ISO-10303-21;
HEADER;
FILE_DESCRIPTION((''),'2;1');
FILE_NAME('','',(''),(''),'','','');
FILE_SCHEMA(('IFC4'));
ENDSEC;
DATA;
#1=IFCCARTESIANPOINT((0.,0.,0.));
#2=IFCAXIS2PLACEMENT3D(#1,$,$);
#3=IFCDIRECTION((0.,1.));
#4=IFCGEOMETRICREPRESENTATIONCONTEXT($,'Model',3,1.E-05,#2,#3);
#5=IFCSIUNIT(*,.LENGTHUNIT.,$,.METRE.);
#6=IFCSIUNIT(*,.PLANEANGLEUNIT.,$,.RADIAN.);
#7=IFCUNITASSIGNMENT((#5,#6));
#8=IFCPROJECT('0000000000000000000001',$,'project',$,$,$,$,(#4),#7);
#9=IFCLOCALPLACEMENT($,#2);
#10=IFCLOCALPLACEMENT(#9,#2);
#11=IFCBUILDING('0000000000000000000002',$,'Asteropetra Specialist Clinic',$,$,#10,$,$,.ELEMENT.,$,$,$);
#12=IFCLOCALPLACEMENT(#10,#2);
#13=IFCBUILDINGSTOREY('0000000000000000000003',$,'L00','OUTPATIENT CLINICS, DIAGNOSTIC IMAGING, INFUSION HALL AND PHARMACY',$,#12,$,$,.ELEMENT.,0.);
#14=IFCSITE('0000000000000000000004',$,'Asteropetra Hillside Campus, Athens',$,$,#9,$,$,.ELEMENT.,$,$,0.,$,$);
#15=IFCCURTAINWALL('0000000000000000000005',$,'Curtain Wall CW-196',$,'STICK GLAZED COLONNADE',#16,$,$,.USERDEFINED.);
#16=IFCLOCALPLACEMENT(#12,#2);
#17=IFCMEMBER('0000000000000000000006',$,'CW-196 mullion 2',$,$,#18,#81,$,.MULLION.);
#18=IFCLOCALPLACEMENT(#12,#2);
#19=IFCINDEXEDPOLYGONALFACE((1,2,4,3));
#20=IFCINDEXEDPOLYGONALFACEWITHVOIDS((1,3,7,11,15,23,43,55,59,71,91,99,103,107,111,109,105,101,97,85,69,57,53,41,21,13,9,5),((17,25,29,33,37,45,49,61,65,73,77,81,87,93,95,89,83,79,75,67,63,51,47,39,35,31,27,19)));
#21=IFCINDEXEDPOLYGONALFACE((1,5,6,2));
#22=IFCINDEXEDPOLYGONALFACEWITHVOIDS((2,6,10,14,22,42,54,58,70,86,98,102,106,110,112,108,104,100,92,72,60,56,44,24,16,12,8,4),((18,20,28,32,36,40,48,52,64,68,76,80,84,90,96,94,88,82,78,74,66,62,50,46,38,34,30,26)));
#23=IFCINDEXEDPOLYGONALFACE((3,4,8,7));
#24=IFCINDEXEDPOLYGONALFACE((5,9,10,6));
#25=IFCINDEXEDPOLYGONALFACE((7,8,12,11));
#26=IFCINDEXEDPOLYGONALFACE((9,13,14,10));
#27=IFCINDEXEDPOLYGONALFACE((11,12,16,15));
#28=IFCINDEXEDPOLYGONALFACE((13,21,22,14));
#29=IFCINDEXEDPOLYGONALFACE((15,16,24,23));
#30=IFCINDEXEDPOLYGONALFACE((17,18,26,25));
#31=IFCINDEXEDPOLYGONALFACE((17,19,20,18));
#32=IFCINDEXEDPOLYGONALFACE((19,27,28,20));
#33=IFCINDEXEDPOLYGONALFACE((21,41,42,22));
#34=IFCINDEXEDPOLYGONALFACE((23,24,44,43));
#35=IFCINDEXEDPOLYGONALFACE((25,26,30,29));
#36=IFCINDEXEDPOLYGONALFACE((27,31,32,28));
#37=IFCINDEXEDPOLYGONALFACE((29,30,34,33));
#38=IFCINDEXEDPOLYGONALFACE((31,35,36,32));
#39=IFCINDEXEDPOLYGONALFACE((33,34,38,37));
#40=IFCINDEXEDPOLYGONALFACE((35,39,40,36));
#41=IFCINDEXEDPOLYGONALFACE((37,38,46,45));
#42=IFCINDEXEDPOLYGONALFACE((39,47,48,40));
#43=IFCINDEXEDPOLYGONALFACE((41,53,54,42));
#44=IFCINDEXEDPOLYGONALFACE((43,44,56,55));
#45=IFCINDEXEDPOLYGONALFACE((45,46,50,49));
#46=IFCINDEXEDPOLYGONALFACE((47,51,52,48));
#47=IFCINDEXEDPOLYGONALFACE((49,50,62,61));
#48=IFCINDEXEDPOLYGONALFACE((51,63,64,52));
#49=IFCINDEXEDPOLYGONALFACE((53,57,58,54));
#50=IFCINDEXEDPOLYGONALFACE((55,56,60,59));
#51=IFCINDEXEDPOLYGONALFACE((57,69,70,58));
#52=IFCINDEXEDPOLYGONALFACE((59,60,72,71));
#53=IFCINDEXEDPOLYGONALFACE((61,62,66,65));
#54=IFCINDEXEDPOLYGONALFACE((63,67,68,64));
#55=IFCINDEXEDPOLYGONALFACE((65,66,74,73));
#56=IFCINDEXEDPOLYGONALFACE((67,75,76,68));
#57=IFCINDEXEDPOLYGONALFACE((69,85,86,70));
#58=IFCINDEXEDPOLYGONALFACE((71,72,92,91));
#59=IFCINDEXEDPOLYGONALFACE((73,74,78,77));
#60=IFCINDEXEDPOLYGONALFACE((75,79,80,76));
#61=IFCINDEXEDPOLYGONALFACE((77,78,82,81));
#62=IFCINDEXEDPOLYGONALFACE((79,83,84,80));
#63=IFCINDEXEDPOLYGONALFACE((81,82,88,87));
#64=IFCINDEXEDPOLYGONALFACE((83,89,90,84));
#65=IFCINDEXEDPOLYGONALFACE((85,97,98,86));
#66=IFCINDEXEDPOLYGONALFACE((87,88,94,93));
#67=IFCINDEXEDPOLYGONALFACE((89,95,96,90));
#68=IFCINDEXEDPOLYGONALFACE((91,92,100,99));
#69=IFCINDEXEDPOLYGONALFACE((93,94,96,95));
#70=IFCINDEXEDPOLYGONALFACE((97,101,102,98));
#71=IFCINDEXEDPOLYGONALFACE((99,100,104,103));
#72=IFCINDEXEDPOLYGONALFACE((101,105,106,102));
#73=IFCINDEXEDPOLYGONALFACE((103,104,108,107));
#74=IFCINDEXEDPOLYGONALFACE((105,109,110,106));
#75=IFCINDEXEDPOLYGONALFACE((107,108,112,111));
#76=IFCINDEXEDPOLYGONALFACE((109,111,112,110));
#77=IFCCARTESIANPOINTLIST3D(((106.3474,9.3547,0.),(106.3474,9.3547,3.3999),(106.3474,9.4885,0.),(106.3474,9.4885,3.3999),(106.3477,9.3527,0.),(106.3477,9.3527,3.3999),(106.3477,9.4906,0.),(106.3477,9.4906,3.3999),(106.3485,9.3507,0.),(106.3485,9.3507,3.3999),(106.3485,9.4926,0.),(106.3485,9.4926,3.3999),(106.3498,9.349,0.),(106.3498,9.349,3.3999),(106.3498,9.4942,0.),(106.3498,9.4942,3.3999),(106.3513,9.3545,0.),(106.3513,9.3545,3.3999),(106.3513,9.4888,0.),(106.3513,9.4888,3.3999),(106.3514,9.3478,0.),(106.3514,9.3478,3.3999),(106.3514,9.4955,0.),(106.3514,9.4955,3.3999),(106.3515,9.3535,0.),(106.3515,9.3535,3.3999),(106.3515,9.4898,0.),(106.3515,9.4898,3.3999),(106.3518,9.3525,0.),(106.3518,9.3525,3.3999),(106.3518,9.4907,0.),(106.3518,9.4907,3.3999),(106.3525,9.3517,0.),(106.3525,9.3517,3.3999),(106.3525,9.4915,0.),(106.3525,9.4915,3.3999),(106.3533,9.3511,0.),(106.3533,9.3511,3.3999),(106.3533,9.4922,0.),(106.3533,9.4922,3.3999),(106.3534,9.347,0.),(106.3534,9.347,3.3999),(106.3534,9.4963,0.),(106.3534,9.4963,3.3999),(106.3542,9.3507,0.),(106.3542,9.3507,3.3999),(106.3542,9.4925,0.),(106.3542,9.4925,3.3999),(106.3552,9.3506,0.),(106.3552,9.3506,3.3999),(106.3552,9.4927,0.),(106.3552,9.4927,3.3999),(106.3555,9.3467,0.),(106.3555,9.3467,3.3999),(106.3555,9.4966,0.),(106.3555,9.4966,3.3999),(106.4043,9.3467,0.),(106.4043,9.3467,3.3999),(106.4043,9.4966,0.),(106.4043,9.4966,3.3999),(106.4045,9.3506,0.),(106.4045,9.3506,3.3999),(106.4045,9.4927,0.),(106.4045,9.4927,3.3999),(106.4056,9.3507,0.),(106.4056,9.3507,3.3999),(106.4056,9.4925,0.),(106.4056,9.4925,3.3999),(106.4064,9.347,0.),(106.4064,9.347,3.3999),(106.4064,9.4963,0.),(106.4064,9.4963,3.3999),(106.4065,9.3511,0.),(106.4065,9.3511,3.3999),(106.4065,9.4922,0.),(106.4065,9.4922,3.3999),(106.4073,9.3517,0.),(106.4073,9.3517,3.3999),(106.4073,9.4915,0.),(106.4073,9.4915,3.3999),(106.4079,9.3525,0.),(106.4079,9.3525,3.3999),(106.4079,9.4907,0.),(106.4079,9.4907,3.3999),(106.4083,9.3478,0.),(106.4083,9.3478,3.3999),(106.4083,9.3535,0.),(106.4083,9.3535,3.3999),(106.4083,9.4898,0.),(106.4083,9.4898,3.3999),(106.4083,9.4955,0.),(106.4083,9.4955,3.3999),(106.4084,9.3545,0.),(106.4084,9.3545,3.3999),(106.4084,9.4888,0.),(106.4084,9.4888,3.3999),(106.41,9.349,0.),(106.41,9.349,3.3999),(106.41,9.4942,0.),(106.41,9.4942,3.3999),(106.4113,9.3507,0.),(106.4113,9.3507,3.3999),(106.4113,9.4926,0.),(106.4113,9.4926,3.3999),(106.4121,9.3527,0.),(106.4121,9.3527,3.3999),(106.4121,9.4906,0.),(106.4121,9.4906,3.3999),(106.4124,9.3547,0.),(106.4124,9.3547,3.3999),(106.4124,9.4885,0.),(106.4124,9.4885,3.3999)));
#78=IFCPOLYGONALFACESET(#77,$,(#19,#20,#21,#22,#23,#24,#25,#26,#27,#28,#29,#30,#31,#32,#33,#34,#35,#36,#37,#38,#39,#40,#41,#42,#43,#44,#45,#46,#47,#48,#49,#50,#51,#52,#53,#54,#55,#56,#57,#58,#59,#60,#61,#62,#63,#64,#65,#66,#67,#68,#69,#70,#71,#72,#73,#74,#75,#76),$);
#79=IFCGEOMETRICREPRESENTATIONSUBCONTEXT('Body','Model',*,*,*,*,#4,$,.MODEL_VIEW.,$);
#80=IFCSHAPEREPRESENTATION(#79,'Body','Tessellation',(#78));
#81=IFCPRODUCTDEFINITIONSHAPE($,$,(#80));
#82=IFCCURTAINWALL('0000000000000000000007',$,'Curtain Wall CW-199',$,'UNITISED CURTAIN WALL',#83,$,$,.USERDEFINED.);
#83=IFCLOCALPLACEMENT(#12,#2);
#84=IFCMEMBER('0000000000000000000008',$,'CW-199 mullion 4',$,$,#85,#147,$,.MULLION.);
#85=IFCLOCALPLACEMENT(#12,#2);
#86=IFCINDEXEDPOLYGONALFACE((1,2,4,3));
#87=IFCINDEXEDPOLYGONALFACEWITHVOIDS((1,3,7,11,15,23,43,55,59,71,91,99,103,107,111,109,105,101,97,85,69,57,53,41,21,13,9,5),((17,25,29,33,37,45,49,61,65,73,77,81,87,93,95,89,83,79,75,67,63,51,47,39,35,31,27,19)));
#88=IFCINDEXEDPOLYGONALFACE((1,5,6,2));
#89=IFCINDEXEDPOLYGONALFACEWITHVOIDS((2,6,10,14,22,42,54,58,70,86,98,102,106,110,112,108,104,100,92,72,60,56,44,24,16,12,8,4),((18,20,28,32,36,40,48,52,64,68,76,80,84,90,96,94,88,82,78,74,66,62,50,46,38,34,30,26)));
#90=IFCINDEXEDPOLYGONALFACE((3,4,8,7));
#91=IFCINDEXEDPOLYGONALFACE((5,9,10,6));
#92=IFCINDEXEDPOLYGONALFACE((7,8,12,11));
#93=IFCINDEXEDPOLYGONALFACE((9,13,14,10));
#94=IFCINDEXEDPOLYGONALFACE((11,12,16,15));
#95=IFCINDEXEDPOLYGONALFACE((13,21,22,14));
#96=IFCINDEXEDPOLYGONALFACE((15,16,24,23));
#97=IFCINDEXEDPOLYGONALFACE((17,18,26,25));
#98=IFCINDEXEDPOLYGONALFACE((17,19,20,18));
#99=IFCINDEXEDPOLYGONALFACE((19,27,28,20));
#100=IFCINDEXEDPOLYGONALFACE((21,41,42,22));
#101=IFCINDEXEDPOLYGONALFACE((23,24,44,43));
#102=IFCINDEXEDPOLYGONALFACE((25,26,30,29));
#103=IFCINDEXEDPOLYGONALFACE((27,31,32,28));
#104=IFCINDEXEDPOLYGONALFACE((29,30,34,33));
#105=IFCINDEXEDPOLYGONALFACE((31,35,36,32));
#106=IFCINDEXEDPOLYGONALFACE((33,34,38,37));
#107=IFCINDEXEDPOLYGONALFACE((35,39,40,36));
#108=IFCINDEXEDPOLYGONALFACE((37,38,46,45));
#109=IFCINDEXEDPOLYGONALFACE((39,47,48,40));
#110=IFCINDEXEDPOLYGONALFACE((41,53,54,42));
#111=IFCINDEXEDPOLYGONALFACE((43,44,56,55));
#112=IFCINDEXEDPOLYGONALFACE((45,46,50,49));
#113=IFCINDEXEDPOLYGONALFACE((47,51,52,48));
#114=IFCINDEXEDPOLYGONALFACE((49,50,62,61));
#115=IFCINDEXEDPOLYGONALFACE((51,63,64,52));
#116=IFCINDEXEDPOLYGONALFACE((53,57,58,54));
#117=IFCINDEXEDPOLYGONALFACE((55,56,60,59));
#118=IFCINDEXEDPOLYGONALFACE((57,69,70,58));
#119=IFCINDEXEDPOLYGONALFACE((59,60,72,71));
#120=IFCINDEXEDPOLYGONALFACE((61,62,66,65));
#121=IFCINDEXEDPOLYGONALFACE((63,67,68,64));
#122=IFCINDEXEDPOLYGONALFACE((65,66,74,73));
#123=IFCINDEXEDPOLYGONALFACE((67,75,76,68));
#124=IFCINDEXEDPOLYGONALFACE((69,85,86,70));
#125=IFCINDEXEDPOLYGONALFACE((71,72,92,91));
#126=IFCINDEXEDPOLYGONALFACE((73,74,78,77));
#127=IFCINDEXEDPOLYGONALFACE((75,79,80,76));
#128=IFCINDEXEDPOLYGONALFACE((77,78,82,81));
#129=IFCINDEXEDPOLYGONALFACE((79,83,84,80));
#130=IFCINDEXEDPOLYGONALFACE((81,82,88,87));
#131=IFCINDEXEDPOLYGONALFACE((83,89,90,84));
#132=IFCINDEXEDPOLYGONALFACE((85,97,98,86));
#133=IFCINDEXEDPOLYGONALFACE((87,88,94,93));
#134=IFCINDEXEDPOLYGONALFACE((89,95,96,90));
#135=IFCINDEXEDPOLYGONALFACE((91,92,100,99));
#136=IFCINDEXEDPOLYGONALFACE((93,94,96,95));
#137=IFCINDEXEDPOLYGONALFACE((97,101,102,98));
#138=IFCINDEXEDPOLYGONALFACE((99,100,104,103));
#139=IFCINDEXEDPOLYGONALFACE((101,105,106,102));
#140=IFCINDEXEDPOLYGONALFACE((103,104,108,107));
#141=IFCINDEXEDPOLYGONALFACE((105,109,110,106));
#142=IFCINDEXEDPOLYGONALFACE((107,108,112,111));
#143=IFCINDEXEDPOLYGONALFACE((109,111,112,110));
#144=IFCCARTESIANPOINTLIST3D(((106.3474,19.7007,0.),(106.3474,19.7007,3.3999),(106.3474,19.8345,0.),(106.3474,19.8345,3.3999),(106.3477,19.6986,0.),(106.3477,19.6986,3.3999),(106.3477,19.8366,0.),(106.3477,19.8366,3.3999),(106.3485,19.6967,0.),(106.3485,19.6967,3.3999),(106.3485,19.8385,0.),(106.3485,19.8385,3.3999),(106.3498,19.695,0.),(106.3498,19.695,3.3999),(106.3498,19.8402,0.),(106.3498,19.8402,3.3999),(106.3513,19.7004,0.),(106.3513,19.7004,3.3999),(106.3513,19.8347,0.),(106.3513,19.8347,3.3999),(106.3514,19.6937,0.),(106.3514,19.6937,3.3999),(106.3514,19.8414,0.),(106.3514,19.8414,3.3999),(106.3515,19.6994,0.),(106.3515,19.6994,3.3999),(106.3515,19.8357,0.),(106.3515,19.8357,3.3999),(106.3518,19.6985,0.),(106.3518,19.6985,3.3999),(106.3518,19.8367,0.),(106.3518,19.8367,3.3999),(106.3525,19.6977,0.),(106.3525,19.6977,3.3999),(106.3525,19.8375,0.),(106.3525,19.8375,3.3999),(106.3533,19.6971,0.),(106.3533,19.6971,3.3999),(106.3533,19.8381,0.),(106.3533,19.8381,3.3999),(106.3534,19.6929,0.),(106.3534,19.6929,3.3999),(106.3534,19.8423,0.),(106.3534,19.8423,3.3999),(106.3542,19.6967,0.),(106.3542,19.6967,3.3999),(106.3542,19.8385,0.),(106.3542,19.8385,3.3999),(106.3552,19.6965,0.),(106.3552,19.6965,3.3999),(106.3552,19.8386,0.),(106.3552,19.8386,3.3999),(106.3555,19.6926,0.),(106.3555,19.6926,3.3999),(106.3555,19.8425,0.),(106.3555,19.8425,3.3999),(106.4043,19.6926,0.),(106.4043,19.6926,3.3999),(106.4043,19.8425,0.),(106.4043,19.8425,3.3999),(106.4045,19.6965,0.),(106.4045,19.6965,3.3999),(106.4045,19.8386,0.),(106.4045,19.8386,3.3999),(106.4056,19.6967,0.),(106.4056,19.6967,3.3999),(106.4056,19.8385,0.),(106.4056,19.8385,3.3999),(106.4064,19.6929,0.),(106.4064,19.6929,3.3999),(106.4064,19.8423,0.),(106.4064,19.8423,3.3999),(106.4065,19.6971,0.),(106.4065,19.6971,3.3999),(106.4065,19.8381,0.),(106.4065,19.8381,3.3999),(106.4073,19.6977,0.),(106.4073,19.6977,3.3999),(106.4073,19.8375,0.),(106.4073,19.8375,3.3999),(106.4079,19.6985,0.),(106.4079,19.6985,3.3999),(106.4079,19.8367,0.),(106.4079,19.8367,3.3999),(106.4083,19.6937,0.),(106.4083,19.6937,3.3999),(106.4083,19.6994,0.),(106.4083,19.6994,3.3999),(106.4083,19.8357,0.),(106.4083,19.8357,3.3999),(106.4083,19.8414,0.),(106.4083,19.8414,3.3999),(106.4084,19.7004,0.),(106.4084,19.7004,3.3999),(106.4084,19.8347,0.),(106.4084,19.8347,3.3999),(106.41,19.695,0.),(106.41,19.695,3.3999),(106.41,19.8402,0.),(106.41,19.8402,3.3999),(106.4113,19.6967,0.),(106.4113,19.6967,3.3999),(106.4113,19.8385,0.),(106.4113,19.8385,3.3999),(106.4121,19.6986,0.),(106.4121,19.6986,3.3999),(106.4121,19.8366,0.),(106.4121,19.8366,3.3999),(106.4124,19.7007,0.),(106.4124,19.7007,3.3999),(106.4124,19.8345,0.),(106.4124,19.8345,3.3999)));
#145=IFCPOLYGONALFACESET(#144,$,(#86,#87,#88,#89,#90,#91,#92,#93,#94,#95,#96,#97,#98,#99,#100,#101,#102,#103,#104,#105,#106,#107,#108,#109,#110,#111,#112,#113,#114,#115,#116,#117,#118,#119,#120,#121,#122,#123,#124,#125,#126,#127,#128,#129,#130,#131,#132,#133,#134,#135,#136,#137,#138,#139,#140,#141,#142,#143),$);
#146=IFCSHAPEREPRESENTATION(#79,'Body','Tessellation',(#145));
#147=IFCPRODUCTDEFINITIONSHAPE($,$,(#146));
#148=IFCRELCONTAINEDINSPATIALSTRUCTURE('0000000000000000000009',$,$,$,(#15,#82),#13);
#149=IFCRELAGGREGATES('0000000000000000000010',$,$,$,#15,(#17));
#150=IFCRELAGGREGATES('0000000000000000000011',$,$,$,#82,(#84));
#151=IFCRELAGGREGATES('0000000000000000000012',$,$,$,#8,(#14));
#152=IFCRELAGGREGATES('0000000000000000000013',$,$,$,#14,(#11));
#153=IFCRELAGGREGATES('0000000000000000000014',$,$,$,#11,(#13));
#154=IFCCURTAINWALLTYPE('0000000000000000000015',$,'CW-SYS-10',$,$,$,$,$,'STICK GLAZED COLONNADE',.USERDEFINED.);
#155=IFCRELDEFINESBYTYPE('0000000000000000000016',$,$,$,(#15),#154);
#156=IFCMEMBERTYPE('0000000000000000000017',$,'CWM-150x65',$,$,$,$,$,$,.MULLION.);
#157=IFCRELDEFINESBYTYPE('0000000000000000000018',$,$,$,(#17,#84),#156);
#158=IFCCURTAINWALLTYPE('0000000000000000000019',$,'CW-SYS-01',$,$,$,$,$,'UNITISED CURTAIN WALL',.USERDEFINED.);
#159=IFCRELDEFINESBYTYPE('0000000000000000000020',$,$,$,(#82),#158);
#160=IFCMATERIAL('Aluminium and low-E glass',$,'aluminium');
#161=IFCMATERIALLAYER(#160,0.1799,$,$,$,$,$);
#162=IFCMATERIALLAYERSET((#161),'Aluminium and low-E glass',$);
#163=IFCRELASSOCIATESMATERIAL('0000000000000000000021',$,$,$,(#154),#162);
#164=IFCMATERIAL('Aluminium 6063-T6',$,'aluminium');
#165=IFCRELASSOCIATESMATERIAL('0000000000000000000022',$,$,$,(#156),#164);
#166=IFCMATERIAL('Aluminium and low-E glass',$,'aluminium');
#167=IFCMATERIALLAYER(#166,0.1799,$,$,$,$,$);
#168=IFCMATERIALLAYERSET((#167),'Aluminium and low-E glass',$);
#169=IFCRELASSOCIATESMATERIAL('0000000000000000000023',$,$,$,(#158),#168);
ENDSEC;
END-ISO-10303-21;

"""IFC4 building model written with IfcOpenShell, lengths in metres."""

from ifc_helpers import new_model, si_unit, direction, frame, origin, origin_2d, place, context, subcontext, project, spatial, hollow_rectangle, extrude, material, layer, layer_set, material_profile, profile_set, type_object, element, aggregate, save


model = new_model("IFC4")

# Units and contexts
model_context = context("Model", 3, precision=1e-05, world=origin(), true_north=direction((0.0, 1.0)))
body_context = subcontext(model_context, "Body", "Model", "MODEL_VIEW")
ifc_project = project(units=[si_unit("LENGTHUNIT", "METRE"), si_unit("PLANEANGLEUNIT", "RADIAN")], contexts=[model_context])

# Site, building, storey
site_placement = place(None, origin())
site = spatial("IfcSite", under=ifc_project, at=site_placement, Name="Asteropetra Hillside Campus, Athens", CompositionType="ELEMENT", RefElevation=0.0)
building_placement = place(site_placement, origin())
building = spatial("IfcBuilding", under=site, at=building_placement, Name="Asteropetra Specialist Clinic", CompositionType="ELEMENT")
storey_placement = place(building_placement, origin())
storey = spatial("IfcBuildingStorey", under=building, at=storey_placement, Name="L00", Description="OUTPATIENT CLINICS, DIAGNOSTIC IMAGING, INFUSION HALL AND PHARMACY", CompositionType="ELEMENT", Elevation=0.0)

# Curtain wall, member
ifc_material_1 = material(Name="Aluminium and low-E glass", Category="aluminium")
ifc_layer_1 = layer(ifc_material_1, 0.1799)
ifc_layer_set_1 = layer_set([ifc_layer_1], Name="Aluminium and low-E glass")
curtain_wall_type_1 = type_object("IfcCurtainWallType", Name="CW-SYS-10", ElementType="STICK GLAZED COLONNADE", PredefinedType="USERDEFINED", material=ifc_layer_set_1)
curtain_wall_1_placement = place(storey_placement, origin())
curtain_wall_1 = element("IfcCurtainWall", 1, at=curtain_wall_1_placement, inside=storey, type_object=curtain_wall_type_1, Name="Curtain Wall CW-196", ObjectType="STICK GLAZED COLONNADE", PredefinedType="USERDEFINED")
ifc_material_2 = material(Name="Aluminium 6063-T6", Category="aluminium")
ifc_material_profile_1 = material_profile(ifc_material_2, hollow_rectangle(XDim=0.0649, YDim=0.1499, WallThickness=0.0039, InnerFilletRadius=0.0039, OuterFilletRadius=0.0081, at=origin_2d()), Name="MUL 150x65x4.0")
ifc_profile_set_1 = profile_set([ifc_material_profile_1], Name="Aluminium 6063-T6")
member_type_1 = type_object("IfcMemberType", Name="CWM-150x65", PredefinedType="MULLION", material=ifc_profile_set_1)
member_1_placement = place(storey_placement, frame((106.3799, 9.4216, 0.0), z_axis=(0.0, 0.0, 1.0), x_axis=(1.0, 0.0, 0.0)))
member_1 = element("IfcMember", 2, at=member_1_placement, type_object=member_type_1, Name="CW-196 mullion 2", PredefinedType="MULLION", context=body_context, shape_type="SweptSolid", body=[
    extrude(hollow_rectangle(XDim=0.0649, YDim=0.1499, WallThickness=0.0039, InnerFilletRadius=0.0039, OuterFilletRadius=0.0081, at=origin_2d()), origin(), (0.0, 0.0, 1.0), 3.3999),
])

# Curtain wall, member
ifc_material_3 = material(Name="Aluminium and low-E glass", Category="aluminium")
ifc_layer_2 = layer(ifc_material_3, 0.1799)
ifc_layer_set_2 = layer_set([ifc_layer_2], Name="Aluminium and low-E glass")
curtain_wall_type_2 = type_object("IfcCurtainWallType", Name="CW-SYS-01", ElementType="UNITISED CURTAIN WALL", PredefinedType="USERDEFINED", material=ifc_layer_set_2)
curtain_wall_2_placement = place(storey_placement, origin())
curtain_wall_2 = element("IfcCurtainWall", 3, at=curtain_wall_2_placement, inside=storey, type_object=curtain_wall_type_2, Name="Curtain Wall CW-199", ObjectType="UNITISED CURTAIN WALL", PredefinedType="USERDEFINED")
member_2_placement = place(storey_placement, frame((106.3799, 19.7676, 0.0), z_axis=(0.0, 0.0, 1.0), x_axis=(1.0, 0.0, 0.0)))
member_2 = element("IfcMember", 4, at=member_2_placement, type_object=member_type_1, Name="CW-199 mullion 4", PredefinedType="MULLION", context=body_context, shape_type="SweptSolid", body=[
    extrude(hollow_rectangle(XDim=0.0649, YDim=0.1499, WallThickness=0.0039, InnerFilletRadius=0.0039, OuterFilletRadius=0.0081, at=origin_2d()), origin(), (0.0, 0.0, 1.0), 3.3999),
])

aggregate(curtain_wall_1, [member_1])
aggregate(curtain_wall_2, [member_2])

save(model, "model.ifc")
